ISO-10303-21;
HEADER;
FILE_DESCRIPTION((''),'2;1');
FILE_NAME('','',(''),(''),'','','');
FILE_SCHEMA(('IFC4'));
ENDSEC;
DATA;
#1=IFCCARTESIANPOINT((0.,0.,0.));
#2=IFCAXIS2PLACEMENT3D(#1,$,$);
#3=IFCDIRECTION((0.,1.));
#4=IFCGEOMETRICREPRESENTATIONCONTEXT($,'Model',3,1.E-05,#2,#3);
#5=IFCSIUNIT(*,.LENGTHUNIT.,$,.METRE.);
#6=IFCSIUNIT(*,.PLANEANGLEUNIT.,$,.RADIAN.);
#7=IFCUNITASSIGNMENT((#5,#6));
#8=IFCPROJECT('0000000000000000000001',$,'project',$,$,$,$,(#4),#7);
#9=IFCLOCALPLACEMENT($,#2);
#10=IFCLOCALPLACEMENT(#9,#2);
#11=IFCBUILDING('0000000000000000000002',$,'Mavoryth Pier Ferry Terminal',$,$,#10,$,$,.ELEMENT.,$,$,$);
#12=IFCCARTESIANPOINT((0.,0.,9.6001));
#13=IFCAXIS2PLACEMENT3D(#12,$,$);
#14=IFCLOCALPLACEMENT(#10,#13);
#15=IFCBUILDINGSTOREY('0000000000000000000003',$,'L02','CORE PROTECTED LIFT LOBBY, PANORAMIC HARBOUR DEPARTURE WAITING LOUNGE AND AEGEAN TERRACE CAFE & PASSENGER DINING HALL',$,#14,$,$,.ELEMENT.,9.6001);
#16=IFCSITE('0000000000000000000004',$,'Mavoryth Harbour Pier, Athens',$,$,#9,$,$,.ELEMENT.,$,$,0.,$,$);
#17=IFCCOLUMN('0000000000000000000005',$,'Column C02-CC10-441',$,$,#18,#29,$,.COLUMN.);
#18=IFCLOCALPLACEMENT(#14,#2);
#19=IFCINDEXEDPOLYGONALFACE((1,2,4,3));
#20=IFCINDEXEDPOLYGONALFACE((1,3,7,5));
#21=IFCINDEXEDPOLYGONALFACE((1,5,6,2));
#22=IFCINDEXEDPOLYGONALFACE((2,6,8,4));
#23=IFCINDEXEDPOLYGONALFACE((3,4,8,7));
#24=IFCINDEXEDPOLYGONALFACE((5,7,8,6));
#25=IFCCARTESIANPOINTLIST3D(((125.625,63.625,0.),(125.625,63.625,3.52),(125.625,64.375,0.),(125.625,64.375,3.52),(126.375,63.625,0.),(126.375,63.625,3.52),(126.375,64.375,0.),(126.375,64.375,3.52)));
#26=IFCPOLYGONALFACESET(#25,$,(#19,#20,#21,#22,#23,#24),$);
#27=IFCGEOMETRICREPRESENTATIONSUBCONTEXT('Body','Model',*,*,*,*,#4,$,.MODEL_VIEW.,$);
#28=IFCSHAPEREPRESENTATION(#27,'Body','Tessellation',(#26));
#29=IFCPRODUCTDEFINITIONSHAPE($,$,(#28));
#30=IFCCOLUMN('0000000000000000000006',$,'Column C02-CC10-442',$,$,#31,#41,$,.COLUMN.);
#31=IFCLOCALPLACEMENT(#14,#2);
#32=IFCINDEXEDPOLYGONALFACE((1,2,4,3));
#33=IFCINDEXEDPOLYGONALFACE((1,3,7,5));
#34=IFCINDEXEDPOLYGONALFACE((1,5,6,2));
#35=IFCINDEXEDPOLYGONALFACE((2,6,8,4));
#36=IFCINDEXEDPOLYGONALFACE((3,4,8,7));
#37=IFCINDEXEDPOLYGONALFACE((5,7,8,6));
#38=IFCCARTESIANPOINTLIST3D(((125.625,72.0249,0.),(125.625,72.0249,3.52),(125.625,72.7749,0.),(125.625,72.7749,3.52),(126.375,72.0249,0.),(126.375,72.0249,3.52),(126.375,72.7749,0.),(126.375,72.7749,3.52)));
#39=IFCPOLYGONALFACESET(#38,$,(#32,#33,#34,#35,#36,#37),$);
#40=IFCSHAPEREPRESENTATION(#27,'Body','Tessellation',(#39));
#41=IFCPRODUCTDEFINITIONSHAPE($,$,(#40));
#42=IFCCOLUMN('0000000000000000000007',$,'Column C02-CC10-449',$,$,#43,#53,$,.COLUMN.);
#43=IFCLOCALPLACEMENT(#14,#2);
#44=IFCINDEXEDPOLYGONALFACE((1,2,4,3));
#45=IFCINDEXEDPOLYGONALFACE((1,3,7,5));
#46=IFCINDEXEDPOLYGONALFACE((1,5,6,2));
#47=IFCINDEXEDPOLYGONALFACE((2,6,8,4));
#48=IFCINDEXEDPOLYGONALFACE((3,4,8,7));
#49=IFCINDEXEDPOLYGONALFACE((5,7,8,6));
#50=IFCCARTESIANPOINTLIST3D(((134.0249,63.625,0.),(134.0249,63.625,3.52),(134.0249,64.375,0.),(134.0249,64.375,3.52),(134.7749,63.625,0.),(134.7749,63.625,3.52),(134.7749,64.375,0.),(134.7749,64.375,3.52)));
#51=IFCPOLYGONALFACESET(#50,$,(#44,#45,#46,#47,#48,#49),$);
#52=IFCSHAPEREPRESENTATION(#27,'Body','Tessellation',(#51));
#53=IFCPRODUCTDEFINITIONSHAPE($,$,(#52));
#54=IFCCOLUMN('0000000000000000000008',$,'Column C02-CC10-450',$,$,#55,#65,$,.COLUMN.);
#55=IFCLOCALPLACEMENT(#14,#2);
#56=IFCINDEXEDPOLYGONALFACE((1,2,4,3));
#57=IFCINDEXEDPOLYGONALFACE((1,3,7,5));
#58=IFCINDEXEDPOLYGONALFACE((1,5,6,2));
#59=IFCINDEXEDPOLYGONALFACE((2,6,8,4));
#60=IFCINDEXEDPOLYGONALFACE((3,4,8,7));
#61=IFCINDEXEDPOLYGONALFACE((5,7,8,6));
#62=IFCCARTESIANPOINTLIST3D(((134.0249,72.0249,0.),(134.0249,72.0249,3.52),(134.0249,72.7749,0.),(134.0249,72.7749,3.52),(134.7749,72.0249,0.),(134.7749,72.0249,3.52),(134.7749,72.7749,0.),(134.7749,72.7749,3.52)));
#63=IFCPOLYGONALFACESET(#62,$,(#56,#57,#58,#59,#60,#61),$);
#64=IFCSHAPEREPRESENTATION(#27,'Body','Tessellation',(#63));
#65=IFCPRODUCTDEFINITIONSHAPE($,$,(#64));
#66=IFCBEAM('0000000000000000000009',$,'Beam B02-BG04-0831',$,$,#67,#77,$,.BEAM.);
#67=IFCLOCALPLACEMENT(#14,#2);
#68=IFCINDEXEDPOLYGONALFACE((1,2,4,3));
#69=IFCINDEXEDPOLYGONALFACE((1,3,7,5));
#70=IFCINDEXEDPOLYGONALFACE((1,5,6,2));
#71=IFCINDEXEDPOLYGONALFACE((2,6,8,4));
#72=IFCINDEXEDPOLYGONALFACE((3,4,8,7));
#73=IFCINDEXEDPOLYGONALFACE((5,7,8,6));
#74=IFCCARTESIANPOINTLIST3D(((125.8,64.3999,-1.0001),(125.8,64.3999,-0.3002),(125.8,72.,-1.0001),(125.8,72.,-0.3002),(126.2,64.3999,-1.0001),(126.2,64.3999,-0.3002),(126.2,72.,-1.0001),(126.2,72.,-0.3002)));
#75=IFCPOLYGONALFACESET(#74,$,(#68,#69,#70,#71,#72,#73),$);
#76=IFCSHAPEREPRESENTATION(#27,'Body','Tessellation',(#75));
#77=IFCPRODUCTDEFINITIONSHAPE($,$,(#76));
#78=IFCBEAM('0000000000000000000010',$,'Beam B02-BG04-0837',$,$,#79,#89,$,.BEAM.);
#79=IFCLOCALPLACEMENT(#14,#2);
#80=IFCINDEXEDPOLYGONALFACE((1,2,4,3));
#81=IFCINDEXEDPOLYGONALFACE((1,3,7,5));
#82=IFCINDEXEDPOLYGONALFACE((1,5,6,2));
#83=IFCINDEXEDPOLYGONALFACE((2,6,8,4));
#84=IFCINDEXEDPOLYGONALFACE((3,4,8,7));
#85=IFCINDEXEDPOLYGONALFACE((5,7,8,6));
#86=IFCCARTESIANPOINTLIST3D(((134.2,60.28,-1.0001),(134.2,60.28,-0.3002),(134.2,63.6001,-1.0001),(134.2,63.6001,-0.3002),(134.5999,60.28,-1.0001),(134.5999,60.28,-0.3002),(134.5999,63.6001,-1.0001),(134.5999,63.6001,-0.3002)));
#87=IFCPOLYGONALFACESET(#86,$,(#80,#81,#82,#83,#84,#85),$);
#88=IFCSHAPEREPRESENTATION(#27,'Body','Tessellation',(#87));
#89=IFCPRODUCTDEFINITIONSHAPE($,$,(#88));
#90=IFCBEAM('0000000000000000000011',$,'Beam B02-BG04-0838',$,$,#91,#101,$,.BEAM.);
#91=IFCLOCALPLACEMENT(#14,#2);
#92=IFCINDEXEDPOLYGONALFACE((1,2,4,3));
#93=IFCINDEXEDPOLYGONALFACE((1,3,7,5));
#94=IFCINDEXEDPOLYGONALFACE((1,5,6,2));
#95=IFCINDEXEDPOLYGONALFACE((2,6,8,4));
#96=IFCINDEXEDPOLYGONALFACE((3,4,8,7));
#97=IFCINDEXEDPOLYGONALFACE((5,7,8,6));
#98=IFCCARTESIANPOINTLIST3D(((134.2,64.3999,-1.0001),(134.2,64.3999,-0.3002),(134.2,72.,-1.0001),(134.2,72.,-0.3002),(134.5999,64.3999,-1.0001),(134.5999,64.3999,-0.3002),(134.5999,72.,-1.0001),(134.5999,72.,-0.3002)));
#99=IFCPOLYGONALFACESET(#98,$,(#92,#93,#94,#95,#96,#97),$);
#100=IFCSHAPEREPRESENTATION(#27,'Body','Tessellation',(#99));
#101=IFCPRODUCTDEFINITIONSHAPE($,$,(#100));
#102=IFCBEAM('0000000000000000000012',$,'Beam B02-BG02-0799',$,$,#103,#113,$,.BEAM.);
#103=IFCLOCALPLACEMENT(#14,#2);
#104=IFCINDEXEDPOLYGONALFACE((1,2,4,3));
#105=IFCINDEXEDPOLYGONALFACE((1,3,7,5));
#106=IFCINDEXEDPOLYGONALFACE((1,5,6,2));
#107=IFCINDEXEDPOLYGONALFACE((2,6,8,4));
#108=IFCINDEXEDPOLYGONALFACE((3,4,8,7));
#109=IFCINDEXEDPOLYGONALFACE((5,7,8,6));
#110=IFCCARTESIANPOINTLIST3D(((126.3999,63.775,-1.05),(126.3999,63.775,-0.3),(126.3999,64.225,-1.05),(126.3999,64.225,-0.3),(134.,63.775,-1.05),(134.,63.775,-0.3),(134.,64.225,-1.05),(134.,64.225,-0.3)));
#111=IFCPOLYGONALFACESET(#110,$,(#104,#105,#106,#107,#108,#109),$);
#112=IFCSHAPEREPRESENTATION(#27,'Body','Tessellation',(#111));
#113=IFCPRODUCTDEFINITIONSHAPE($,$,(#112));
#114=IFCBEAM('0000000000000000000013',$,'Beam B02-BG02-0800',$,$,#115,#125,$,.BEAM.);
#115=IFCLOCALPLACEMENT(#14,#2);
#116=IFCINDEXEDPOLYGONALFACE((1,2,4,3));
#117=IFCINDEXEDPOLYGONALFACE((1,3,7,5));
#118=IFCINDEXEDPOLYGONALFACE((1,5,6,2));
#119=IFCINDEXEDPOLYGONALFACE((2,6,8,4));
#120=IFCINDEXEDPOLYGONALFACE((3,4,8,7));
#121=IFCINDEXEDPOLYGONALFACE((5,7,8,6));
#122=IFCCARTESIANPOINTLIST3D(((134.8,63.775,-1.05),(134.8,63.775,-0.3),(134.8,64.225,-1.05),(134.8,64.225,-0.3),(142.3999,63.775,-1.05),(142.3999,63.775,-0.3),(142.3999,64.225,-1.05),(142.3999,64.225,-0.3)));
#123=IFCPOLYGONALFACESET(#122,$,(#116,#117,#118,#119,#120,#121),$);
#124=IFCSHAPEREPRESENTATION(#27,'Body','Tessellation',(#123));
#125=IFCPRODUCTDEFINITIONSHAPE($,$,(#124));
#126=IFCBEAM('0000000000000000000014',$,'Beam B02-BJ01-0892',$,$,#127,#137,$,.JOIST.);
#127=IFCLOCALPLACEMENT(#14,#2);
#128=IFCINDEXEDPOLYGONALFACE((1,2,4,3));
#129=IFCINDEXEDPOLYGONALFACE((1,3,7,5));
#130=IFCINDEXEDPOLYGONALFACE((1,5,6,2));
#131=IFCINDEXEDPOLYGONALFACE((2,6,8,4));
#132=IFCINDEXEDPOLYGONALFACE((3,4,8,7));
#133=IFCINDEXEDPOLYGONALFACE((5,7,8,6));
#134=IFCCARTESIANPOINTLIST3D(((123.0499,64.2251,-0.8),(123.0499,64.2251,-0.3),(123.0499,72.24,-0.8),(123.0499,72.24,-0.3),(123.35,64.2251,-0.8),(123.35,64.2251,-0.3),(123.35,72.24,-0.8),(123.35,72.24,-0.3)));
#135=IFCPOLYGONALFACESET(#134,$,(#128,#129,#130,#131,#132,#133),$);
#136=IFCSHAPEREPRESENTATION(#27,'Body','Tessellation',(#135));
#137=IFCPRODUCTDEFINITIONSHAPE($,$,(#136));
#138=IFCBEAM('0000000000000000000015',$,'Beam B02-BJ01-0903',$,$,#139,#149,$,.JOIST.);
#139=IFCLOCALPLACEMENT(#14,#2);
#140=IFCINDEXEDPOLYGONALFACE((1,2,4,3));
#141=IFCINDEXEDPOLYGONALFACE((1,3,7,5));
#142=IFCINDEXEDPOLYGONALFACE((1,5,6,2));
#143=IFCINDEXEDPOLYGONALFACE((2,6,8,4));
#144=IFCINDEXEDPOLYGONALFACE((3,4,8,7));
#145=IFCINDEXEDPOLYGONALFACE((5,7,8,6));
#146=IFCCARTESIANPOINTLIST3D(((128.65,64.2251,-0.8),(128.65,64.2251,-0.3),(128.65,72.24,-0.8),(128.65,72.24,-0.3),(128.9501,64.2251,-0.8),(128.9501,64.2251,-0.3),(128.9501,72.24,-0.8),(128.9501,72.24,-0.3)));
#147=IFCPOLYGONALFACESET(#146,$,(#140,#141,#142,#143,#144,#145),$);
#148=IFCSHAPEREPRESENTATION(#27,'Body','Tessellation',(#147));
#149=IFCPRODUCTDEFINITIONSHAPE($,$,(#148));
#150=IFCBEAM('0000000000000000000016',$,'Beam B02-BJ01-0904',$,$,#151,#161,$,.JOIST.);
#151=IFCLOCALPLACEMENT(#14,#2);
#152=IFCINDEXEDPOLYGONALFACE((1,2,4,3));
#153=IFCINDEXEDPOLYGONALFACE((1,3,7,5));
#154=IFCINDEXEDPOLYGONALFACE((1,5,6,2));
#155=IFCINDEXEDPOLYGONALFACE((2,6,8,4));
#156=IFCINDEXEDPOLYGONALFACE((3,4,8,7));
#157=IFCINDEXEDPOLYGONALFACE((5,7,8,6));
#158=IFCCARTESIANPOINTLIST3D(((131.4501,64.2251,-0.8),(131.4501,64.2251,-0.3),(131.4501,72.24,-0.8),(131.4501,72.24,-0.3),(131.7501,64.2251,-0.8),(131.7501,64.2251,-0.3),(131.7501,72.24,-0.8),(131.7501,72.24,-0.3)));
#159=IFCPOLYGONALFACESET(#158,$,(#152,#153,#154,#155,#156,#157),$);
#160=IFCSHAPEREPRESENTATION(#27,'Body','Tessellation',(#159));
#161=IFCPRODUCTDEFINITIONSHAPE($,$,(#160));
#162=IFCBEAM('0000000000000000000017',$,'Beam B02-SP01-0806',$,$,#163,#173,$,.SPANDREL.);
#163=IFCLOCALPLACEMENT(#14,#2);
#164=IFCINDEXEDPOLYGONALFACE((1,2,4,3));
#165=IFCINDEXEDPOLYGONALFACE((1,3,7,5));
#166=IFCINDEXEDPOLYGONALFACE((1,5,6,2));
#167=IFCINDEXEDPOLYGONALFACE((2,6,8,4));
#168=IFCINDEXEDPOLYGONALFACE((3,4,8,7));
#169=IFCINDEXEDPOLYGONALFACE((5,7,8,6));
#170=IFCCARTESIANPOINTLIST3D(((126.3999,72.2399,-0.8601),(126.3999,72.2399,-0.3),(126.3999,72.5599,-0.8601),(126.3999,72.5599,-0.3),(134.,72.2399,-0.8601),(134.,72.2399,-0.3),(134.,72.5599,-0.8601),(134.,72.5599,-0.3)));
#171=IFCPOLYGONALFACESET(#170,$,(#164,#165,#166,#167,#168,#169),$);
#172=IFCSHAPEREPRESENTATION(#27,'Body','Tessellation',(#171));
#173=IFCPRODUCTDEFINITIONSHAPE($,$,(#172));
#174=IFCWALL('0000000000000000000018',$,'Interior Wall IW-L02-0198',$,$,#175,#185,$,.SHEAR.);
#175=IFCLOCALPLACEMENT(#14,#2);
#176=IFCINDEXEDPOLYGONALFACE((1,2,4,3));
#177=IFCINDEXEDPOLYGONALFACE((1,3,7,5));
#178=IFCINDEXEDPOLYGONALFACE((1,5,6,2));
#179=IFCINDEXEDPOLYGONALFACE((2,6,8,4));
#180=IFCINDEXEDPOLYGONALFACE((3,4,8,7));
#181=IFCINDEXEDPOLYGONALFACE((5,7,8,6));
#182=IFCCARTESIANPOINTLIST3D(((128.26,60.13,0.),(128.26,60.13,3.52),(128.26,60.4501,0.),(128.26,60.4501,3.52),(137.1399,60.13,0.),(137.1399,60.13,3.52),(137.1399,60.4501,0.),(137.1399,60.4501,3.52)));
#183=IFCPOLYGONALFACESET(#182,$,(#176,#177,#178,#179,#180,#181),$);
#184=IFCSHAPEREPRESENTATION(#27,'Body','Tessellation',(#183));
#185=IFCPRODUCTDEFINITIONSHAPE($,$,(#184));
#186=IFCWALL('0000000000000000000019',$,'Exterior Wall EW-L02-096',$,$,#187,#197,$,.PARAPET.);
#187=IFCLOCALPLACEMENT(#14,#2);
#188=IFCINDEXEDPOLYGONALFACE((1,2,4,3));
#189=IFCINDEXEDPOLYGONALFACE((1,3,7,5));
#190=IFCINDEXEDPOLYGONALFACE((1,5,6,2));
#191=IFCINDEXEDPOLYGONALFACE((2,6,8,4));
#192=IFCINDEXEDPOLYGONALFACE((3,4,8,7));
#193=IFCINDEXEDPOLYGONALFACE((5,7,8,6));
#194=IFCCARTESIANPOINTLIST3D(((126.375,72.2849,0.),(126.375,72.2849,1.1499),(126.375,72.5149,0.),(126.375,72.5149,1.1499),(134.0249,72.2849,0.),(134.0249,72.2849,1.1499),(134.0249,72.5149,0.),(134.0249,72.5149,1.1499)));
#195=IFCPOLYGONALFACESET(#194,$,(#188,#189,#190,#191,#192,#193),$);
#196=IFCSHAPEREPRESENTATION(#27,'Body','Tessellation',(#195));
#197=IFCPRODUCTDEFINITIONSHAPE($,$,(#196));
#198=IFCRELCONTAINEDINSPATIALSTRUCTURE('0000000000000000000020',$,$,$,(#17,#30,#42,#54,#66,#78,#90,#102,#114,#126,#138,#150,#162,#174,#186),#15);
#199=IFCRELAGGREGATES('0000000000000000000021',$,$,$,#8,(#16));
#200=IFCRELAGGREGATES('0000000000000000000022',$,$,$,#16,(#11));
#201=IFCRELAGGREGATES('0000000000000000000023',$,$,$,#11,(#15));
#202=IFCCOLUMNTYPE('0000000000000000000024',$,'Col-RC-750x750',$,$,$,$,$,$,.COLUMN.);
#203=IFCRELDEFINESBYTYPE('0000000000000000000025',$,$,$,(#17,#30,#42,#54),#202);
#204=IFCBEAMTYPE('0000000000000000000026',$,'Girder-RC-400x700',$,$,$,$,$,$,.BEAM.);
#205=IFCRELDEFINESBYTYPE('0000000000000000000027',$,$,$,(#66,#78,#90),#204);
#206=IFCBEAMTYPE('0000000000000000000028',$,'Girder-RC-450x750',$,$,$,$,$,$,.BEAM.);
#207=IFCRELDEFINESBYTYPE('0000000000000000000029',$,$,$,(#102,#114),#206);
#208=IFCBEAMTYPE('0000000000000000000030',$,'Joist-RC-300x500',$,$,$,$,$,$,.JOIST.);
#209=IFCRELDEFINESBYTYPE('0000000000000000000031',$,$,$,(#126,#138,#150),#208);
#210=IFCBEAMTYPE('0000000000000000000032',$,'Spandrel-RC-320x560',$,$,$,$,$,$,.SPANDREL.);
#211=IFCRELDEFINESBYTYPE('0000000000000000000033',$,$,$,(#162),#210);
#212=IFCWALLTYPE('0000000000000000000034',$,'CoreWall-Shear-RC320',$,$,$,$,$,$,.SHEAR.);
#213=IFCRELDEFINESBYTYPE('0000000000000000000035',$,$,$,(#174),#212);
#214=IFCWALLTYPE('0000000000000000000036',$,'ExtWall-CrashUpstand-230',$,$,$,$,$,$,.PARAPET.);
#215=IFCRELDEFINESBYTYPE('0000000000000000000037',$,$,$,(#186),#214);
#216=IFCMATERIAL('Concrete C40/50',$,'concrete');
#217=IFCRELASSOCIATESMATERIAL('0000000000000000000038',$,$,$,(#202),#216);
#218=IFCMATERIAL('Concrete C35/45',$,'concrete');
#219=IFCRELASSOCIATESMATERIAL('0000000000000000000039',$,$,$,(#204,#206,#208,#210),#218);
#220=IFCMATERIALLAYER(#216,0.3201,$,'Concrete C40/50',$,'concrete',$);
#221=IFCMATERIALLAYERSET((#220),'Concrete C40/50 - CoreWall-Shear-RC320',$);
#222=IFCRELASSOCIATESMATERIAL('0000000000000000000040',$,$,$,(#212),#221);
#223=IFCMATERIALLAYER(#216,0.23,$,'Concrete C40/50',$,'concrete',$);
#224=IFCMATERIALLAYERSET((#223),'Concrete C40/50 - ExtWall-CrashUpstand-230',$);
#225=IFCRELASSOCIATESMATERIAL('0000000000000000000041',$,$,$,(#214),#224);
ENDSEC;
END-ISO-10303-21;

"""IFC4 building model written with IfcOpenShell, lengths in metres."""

from ifc_helpers import new_model, si_unit, direction, frame, frame_2d, origin, origin_2d, place, context, subcontext, project, spatial, rectangle, extrude, material, layer, layer_set, material_profile, profile_set, type_object, element, save


model = new_model("IFC4")

# Units and contexts
model_context = context("Model", 3, precision=1e-05, world=origin(), true_north=direction((0.0, 1.0)))
body_context = subcontext(model_context, "Body", "Model", "MODEL_VIEW")
ifc_project = project(units=[si_unit("LENGTHUNIT", "METRE"), si_unit("PLANEANGLEUNIT", "RADIAN")], contexts=[model_context])

# Site, building, storey
site_placement = place(None, origin())
site = spatial("IfcSite", under=ifc_project, at=site_placement, Name="Mavoryth Harbour Pier, Athens", CompositionType="ELEMENT", RefElevation=0.0)
building_placement = place(site_placement, origin())
building = spatial("IfcBuilding", under=site, at=building_placement, Name="Mavoryth Pier Ferry Terminal", CompositionType="ELEMENT")
storey_placement = place(building_placement, frame((0.0, 0.0, 9.6001)))
storey = spatial("IfcBuildingStorey", under=building, at=storey_placement, Name="L02", Description="CORE PROTECTED LIFT LOBBY, PANORAMIC HARBOUR DEPARTURE WAITING LOUNGE AND AEGEAN TERRACE CAFE & PASSENGER DINING HALL", CompositionType="ELEMENT", Elevation=9.6001)

# Columns
ifc_material_1 = material(Name="Concrete C40/50", Category="concrete")
ifc_material_profile_1 = material_profile(ifc_material_1, rectangle(XDim=0.75, YDim=0.75, at=origin_2d()), Name="RC 750x750", Category="concrete")
ifc_profile_set_1 = profile_set([ifc_material_profile_1], Name="Concrete C40/50 - RC 750x750")
column_type = type_object("IfcColumnType", Name="Col-RC-750x750", PredefinedType="COLUMN", material=ifc_profile_set_1)
for number, where, z_axis, x_axis, name in (
    (1, (126.0, 64.0, 0.0), (0.0, 0.0, 1.0), (1.0, 0.0, 0.0), "Column C02-CC10-441"),
    (2, (126.0, 72.3999, 0.0), (0.0, 0.0, 1.0), (1.0, 0.0, 0.0), "Column C02-CC10-442"),
    (3, (134.3999, 64.0, 0.0), (0.0, 0.0, 1.0), (1.0, 0.0, 0.0), "Column C02-CC10-449"),
    (4, (134.3999, 72.3999, 0.0), (0.0, 0.0, 1.0), (1.0, 0.0, 0.0), "Column C02-CC10-450"),
):
    element("IfcColumn", number, at=place(storey_placement, frame(where, z_axis=z_axis, x_axis=x_axis)), inside=storey, type_object=column_type, Name=name, PredefinedType="COLUMN", context=body_context, shape_type="SweptSolid", body=[
        extrude(rectangle(XDim=0.75, YDim=0.75, at=origin_2d()), origin(), (0.0, 0.0, 1.0), 3.52),
    ])

# Beams
ifc_material_2 = material(Name="Concrete C35/45", Category="concrete")
ifc_material_profile_2 = material_profile(ifc_material_2, rectangle(XDim=0.3999, YDim=0.7, at=origin_2d()), Name="RC 400x700", Category="concrete")
ifc_profile_set_2 = profile_set([ifc_material_profile_2], Name="Concrete C35/45 - RC 400x700")
beam_type_1 = type_object("IfcBeamType", Name="Girder-RC-400x700", PredefinedType="BEAM", material=ifc_profile_set_2)
beam_1_placement = place(storey_placement, frame((126.0, 64.3999, -0.6501), z_axis=(0.0, 1.0, 0.0), x_axis=(-1.0, 0.0, 0.0)))
element("IfcBeam", 5, at=beam_1_placement, inside=storey, type_object=beam_type_1, Name="Beam B02-BG04-0831", PredefinedType="BEAM", context=body_context, shape_type="SweptSolid", body=[
    extrude(rectangle(XDim=0.3999, YDim=0.7, at=origin_2d()), origin(), (0.0, 0.0, 1.0), 7.6001),
])
beam_2_placement = place(storey_placement, frame((134.3999, 60.28, -0.6501), z_axis=(0.0, 1.0, 0.0), x_axis=(-1.0, 0.0, 0.0)))
element("IfcBeam", 6, at=beam_2_placement, inside=storey, type_object=beam_type_1, Name="Beam B02-BG04-0837", PredefinedType="BEAM", context=body_context, shape_type="SweptSolid", body=[
    extrude(rectangle(XDim=0.3999, YDim=0.7, at=origin_2d()), origin(), (0.0, 0.0, 1.0), 3.3201),
])
beam_3_placement = place(storey_placement, frame((134.3999, 64.3999, -0.6501), z_axis=(0.0, 1.0, 0.0), x_axis=(-1.0, 0.0, 0.0)))
element("IfcBeam", 7, at=beam_3_placement, inside=storey, type_object=beam_type_1, Name="Beam B02-BG04-0838", PredefinedType="BEAM", context=body_context, shape_type="SweptSolid", body=[
    extrude(rectangle(XDim=0.3999, YDim=0.7, at=origin_2d()), origin(), (0.0, 0.0, 1.0), 7.6001),
])
ifc_material_profile_3 = material_profile(ifc_material_2, rectangle(XDim=0.45, YDim=0.75, at=origin_2d()), Name="RC 450x750", Category="concrete")
ifc_profile_set_3 = profile_set([ifc_material_profile_3], Name="Concrete C35/45 - RC 450x750")
beam_type_2 = type_object("IfcBeamType", Name="Girder-RC-450x750", PredefinedType="BEAM", material=ifc_profile_set_3)
beam_4_placement = place(storey_placement, frame((126.3999, 64.0, -0.675), z_axis=(1.0, 0.0, 0.0), x_axis=(0.0, 1.0, 0.0)))
element("IfcBeam", 8, at=beam_4_placement, inside=storey, type_object=beam_type_2, Name="Beam B02-BG02-0799", PredefinedType="BEAM", context=body_context, shape_type="SweptSolid", body=[
    extrude(rectangle(XDim=0.45, YDim=0.75, at=origin_2d()), origin(), (0.0, 0.0, 1.0), 7.6001),
])
beam_5_placement = place(storey_placement, frame((134.8, 64.0, -0.675), z_axis=(1.0, 0.0, 0.0), x_axis=(0.0, 1.0, 0.0)))
element("IfcBeam", 9, at=beam_5_placement, inside=storey, type_object=beam_type_2, Name="Beam B02-BG02-0800", PredefinedType="BEAM", context=body_context, shape_type="SweptSolid", body=[
    extrude(rectangle(XDim=0.45, YDim=0.75, at=origin_2d()), origin(), (0.0, 0.0, 1.0), 7.5999),
])
ifc_material_profile_4 = material_profile(ifc_material_2, rectangle(XDim=0.3, YDim=0.5, at=origin_2d()), Name="RC 300x500", Category="concrete")
ifc_profile_set_4 = profile_set([ifc_material_profile_4], Name="Concrete C35/45 - RC 300x500")
beam_type_3 = type_object("IfcBeamType", Name="Joist-RC-300x500", PredefinedType="JOIST", material=ifc_profile_set_4)
for number, where, z_axis, x_axis, name in (
    (10, (123.2, 64.2251, -0.55), (0.0, 1.0, 0.0), (-1.0, 0.0, 0.0), "Beam B02-BJ01-0892"),
    (11, (128.8, 64.2251, -0.55), (0.0, 1.0, 0.0), (-1.0, 0.0, 0.0), "Beam B02-BJ01-0903"),
    (12, (131.6001, 64.2251, -0.55), (0.0, 1.0, 0.0), (-1.0, 0.0, 0.0), "Beam B02-BJ01-0904"),
):
    element("IfcBeam", number, at=place(storey_placement, frame(where, z_axis=z_axis, x_axis=x_axis)), inside=storey, type_object=beam_type_3, Name=name, PredefinedType="JOIST", context=body_context, shape_type="SweptSolid", body=[
        extrude(rectangle(XDim=0.3, YDim=0.5, at=origin_2d()), origin(), (0.0, 0.0, 1.0), 8.0149),
    ])
ifc_material_profile_5 = material_profile(ifc_material_2, rectangle(XDim=0.3201, YDim=0.5601, at=origin_2d()), Name="RC 320x560", Category="concrete")
ifc_profile_set_5 = profile_set([ifc_material_profile_5], Name="Concrete C35/45 - RC 320x560")
beam_type_4 = type_object("IfcBeamType", Name="Spandrel-RC-320x560", PredefinedType="SPANDREL", material=ifc_profile_set_5)
beam_6_placement = place(storey_placement, frame((126.3999, 72.3999, -0.5801), z_axis=(1.0, 0.0, 0.0), x_axis=(0.0, 1.0, 0.0)))
element("IfcBeam", 13, at=beam_6_placement, inside=storey, type_object=beam_type_4, Name="Beam B02-SP01-0806", PredefinedType="SPANDREL", context=body_context, shape_type="SweptSolid", body=[
    extrude(rectangle(XDim=0.3201, YDim=0.5601, at=origin_2d()), origin(), (0.0, 0.0, 1.0), 7.6001),
])

# Wall
ifc_layer_1 = layer(ifc_material_1, 0.3201, Name="Concrete C40/50", Category="concrete")
ifc_layer_set_1 = layer_set([ifc_layer_1], Name="Concrete C40/50 - CoreWall-Shear-RC320")
wall_type_1 = type_object("IfcWallType", Name="CoreWall-Shear-RC320", PredefinedType="SHEAR", material=ifc_layer_set_1)
wall_1_placement = place(storey_placement, frame((128.26, 60.29, 0.0), z_axis=(0.0, 0.0, 1.0), x_axis=(1.0, 0.0, 0.0)))
element("IfcWall", 14, at=wall_1_placement, inside=storey, type_object=wall_type_1, Name="Interior Wall IW-L02-0198", PredefinedType="SHEAR", context=body_context, shape_type="SweptSolid", body=[
    extrude(rectangle(XDim=8.8799, YDim=0.3201, at=frame_2d((4.4399, 0.0))), origin(), (0.0, 0.0, 1.0), 3.52),
])

# Wall
ifc_layer_2 = layer(ifc_material_1, 0.23, Name="Concrete C40/50", Category="concrete")
ifc_layer_set_2 = layer_set([ifc_layer_2], Name="Concrete C40/50 - ExtWall-CrashUpstand-230")
wall_type_2 = type_object("IfcWallType", Name="ExtWall-CrashUpstand-230", PredefinedType="PARAPET", material=ifc_layer_set_2)
wall_2_placement = place(storey_placement, frame((126.375, 72.3999, 0.0), z_axis=(0.0, 0.0, 1.0), x_axis=(1.0, 0.0, 0.0)))
element("IfcWall", 15, at=wall_2_placement, inside=storey, type_object=wall_type_2, Name="Exterior Wall EW-L02-096", PredefinedType="PARAPET", context=body_context, shape_type="SweptSolid", body=[
    extrude(rectangle(XDim=7.6499, YDim=0.23, at=frame_2d((3.825, 0.0))), origin(), (0.0, 0.0, 1.0), 1.1499),
])

save(model, "model.ifc")
